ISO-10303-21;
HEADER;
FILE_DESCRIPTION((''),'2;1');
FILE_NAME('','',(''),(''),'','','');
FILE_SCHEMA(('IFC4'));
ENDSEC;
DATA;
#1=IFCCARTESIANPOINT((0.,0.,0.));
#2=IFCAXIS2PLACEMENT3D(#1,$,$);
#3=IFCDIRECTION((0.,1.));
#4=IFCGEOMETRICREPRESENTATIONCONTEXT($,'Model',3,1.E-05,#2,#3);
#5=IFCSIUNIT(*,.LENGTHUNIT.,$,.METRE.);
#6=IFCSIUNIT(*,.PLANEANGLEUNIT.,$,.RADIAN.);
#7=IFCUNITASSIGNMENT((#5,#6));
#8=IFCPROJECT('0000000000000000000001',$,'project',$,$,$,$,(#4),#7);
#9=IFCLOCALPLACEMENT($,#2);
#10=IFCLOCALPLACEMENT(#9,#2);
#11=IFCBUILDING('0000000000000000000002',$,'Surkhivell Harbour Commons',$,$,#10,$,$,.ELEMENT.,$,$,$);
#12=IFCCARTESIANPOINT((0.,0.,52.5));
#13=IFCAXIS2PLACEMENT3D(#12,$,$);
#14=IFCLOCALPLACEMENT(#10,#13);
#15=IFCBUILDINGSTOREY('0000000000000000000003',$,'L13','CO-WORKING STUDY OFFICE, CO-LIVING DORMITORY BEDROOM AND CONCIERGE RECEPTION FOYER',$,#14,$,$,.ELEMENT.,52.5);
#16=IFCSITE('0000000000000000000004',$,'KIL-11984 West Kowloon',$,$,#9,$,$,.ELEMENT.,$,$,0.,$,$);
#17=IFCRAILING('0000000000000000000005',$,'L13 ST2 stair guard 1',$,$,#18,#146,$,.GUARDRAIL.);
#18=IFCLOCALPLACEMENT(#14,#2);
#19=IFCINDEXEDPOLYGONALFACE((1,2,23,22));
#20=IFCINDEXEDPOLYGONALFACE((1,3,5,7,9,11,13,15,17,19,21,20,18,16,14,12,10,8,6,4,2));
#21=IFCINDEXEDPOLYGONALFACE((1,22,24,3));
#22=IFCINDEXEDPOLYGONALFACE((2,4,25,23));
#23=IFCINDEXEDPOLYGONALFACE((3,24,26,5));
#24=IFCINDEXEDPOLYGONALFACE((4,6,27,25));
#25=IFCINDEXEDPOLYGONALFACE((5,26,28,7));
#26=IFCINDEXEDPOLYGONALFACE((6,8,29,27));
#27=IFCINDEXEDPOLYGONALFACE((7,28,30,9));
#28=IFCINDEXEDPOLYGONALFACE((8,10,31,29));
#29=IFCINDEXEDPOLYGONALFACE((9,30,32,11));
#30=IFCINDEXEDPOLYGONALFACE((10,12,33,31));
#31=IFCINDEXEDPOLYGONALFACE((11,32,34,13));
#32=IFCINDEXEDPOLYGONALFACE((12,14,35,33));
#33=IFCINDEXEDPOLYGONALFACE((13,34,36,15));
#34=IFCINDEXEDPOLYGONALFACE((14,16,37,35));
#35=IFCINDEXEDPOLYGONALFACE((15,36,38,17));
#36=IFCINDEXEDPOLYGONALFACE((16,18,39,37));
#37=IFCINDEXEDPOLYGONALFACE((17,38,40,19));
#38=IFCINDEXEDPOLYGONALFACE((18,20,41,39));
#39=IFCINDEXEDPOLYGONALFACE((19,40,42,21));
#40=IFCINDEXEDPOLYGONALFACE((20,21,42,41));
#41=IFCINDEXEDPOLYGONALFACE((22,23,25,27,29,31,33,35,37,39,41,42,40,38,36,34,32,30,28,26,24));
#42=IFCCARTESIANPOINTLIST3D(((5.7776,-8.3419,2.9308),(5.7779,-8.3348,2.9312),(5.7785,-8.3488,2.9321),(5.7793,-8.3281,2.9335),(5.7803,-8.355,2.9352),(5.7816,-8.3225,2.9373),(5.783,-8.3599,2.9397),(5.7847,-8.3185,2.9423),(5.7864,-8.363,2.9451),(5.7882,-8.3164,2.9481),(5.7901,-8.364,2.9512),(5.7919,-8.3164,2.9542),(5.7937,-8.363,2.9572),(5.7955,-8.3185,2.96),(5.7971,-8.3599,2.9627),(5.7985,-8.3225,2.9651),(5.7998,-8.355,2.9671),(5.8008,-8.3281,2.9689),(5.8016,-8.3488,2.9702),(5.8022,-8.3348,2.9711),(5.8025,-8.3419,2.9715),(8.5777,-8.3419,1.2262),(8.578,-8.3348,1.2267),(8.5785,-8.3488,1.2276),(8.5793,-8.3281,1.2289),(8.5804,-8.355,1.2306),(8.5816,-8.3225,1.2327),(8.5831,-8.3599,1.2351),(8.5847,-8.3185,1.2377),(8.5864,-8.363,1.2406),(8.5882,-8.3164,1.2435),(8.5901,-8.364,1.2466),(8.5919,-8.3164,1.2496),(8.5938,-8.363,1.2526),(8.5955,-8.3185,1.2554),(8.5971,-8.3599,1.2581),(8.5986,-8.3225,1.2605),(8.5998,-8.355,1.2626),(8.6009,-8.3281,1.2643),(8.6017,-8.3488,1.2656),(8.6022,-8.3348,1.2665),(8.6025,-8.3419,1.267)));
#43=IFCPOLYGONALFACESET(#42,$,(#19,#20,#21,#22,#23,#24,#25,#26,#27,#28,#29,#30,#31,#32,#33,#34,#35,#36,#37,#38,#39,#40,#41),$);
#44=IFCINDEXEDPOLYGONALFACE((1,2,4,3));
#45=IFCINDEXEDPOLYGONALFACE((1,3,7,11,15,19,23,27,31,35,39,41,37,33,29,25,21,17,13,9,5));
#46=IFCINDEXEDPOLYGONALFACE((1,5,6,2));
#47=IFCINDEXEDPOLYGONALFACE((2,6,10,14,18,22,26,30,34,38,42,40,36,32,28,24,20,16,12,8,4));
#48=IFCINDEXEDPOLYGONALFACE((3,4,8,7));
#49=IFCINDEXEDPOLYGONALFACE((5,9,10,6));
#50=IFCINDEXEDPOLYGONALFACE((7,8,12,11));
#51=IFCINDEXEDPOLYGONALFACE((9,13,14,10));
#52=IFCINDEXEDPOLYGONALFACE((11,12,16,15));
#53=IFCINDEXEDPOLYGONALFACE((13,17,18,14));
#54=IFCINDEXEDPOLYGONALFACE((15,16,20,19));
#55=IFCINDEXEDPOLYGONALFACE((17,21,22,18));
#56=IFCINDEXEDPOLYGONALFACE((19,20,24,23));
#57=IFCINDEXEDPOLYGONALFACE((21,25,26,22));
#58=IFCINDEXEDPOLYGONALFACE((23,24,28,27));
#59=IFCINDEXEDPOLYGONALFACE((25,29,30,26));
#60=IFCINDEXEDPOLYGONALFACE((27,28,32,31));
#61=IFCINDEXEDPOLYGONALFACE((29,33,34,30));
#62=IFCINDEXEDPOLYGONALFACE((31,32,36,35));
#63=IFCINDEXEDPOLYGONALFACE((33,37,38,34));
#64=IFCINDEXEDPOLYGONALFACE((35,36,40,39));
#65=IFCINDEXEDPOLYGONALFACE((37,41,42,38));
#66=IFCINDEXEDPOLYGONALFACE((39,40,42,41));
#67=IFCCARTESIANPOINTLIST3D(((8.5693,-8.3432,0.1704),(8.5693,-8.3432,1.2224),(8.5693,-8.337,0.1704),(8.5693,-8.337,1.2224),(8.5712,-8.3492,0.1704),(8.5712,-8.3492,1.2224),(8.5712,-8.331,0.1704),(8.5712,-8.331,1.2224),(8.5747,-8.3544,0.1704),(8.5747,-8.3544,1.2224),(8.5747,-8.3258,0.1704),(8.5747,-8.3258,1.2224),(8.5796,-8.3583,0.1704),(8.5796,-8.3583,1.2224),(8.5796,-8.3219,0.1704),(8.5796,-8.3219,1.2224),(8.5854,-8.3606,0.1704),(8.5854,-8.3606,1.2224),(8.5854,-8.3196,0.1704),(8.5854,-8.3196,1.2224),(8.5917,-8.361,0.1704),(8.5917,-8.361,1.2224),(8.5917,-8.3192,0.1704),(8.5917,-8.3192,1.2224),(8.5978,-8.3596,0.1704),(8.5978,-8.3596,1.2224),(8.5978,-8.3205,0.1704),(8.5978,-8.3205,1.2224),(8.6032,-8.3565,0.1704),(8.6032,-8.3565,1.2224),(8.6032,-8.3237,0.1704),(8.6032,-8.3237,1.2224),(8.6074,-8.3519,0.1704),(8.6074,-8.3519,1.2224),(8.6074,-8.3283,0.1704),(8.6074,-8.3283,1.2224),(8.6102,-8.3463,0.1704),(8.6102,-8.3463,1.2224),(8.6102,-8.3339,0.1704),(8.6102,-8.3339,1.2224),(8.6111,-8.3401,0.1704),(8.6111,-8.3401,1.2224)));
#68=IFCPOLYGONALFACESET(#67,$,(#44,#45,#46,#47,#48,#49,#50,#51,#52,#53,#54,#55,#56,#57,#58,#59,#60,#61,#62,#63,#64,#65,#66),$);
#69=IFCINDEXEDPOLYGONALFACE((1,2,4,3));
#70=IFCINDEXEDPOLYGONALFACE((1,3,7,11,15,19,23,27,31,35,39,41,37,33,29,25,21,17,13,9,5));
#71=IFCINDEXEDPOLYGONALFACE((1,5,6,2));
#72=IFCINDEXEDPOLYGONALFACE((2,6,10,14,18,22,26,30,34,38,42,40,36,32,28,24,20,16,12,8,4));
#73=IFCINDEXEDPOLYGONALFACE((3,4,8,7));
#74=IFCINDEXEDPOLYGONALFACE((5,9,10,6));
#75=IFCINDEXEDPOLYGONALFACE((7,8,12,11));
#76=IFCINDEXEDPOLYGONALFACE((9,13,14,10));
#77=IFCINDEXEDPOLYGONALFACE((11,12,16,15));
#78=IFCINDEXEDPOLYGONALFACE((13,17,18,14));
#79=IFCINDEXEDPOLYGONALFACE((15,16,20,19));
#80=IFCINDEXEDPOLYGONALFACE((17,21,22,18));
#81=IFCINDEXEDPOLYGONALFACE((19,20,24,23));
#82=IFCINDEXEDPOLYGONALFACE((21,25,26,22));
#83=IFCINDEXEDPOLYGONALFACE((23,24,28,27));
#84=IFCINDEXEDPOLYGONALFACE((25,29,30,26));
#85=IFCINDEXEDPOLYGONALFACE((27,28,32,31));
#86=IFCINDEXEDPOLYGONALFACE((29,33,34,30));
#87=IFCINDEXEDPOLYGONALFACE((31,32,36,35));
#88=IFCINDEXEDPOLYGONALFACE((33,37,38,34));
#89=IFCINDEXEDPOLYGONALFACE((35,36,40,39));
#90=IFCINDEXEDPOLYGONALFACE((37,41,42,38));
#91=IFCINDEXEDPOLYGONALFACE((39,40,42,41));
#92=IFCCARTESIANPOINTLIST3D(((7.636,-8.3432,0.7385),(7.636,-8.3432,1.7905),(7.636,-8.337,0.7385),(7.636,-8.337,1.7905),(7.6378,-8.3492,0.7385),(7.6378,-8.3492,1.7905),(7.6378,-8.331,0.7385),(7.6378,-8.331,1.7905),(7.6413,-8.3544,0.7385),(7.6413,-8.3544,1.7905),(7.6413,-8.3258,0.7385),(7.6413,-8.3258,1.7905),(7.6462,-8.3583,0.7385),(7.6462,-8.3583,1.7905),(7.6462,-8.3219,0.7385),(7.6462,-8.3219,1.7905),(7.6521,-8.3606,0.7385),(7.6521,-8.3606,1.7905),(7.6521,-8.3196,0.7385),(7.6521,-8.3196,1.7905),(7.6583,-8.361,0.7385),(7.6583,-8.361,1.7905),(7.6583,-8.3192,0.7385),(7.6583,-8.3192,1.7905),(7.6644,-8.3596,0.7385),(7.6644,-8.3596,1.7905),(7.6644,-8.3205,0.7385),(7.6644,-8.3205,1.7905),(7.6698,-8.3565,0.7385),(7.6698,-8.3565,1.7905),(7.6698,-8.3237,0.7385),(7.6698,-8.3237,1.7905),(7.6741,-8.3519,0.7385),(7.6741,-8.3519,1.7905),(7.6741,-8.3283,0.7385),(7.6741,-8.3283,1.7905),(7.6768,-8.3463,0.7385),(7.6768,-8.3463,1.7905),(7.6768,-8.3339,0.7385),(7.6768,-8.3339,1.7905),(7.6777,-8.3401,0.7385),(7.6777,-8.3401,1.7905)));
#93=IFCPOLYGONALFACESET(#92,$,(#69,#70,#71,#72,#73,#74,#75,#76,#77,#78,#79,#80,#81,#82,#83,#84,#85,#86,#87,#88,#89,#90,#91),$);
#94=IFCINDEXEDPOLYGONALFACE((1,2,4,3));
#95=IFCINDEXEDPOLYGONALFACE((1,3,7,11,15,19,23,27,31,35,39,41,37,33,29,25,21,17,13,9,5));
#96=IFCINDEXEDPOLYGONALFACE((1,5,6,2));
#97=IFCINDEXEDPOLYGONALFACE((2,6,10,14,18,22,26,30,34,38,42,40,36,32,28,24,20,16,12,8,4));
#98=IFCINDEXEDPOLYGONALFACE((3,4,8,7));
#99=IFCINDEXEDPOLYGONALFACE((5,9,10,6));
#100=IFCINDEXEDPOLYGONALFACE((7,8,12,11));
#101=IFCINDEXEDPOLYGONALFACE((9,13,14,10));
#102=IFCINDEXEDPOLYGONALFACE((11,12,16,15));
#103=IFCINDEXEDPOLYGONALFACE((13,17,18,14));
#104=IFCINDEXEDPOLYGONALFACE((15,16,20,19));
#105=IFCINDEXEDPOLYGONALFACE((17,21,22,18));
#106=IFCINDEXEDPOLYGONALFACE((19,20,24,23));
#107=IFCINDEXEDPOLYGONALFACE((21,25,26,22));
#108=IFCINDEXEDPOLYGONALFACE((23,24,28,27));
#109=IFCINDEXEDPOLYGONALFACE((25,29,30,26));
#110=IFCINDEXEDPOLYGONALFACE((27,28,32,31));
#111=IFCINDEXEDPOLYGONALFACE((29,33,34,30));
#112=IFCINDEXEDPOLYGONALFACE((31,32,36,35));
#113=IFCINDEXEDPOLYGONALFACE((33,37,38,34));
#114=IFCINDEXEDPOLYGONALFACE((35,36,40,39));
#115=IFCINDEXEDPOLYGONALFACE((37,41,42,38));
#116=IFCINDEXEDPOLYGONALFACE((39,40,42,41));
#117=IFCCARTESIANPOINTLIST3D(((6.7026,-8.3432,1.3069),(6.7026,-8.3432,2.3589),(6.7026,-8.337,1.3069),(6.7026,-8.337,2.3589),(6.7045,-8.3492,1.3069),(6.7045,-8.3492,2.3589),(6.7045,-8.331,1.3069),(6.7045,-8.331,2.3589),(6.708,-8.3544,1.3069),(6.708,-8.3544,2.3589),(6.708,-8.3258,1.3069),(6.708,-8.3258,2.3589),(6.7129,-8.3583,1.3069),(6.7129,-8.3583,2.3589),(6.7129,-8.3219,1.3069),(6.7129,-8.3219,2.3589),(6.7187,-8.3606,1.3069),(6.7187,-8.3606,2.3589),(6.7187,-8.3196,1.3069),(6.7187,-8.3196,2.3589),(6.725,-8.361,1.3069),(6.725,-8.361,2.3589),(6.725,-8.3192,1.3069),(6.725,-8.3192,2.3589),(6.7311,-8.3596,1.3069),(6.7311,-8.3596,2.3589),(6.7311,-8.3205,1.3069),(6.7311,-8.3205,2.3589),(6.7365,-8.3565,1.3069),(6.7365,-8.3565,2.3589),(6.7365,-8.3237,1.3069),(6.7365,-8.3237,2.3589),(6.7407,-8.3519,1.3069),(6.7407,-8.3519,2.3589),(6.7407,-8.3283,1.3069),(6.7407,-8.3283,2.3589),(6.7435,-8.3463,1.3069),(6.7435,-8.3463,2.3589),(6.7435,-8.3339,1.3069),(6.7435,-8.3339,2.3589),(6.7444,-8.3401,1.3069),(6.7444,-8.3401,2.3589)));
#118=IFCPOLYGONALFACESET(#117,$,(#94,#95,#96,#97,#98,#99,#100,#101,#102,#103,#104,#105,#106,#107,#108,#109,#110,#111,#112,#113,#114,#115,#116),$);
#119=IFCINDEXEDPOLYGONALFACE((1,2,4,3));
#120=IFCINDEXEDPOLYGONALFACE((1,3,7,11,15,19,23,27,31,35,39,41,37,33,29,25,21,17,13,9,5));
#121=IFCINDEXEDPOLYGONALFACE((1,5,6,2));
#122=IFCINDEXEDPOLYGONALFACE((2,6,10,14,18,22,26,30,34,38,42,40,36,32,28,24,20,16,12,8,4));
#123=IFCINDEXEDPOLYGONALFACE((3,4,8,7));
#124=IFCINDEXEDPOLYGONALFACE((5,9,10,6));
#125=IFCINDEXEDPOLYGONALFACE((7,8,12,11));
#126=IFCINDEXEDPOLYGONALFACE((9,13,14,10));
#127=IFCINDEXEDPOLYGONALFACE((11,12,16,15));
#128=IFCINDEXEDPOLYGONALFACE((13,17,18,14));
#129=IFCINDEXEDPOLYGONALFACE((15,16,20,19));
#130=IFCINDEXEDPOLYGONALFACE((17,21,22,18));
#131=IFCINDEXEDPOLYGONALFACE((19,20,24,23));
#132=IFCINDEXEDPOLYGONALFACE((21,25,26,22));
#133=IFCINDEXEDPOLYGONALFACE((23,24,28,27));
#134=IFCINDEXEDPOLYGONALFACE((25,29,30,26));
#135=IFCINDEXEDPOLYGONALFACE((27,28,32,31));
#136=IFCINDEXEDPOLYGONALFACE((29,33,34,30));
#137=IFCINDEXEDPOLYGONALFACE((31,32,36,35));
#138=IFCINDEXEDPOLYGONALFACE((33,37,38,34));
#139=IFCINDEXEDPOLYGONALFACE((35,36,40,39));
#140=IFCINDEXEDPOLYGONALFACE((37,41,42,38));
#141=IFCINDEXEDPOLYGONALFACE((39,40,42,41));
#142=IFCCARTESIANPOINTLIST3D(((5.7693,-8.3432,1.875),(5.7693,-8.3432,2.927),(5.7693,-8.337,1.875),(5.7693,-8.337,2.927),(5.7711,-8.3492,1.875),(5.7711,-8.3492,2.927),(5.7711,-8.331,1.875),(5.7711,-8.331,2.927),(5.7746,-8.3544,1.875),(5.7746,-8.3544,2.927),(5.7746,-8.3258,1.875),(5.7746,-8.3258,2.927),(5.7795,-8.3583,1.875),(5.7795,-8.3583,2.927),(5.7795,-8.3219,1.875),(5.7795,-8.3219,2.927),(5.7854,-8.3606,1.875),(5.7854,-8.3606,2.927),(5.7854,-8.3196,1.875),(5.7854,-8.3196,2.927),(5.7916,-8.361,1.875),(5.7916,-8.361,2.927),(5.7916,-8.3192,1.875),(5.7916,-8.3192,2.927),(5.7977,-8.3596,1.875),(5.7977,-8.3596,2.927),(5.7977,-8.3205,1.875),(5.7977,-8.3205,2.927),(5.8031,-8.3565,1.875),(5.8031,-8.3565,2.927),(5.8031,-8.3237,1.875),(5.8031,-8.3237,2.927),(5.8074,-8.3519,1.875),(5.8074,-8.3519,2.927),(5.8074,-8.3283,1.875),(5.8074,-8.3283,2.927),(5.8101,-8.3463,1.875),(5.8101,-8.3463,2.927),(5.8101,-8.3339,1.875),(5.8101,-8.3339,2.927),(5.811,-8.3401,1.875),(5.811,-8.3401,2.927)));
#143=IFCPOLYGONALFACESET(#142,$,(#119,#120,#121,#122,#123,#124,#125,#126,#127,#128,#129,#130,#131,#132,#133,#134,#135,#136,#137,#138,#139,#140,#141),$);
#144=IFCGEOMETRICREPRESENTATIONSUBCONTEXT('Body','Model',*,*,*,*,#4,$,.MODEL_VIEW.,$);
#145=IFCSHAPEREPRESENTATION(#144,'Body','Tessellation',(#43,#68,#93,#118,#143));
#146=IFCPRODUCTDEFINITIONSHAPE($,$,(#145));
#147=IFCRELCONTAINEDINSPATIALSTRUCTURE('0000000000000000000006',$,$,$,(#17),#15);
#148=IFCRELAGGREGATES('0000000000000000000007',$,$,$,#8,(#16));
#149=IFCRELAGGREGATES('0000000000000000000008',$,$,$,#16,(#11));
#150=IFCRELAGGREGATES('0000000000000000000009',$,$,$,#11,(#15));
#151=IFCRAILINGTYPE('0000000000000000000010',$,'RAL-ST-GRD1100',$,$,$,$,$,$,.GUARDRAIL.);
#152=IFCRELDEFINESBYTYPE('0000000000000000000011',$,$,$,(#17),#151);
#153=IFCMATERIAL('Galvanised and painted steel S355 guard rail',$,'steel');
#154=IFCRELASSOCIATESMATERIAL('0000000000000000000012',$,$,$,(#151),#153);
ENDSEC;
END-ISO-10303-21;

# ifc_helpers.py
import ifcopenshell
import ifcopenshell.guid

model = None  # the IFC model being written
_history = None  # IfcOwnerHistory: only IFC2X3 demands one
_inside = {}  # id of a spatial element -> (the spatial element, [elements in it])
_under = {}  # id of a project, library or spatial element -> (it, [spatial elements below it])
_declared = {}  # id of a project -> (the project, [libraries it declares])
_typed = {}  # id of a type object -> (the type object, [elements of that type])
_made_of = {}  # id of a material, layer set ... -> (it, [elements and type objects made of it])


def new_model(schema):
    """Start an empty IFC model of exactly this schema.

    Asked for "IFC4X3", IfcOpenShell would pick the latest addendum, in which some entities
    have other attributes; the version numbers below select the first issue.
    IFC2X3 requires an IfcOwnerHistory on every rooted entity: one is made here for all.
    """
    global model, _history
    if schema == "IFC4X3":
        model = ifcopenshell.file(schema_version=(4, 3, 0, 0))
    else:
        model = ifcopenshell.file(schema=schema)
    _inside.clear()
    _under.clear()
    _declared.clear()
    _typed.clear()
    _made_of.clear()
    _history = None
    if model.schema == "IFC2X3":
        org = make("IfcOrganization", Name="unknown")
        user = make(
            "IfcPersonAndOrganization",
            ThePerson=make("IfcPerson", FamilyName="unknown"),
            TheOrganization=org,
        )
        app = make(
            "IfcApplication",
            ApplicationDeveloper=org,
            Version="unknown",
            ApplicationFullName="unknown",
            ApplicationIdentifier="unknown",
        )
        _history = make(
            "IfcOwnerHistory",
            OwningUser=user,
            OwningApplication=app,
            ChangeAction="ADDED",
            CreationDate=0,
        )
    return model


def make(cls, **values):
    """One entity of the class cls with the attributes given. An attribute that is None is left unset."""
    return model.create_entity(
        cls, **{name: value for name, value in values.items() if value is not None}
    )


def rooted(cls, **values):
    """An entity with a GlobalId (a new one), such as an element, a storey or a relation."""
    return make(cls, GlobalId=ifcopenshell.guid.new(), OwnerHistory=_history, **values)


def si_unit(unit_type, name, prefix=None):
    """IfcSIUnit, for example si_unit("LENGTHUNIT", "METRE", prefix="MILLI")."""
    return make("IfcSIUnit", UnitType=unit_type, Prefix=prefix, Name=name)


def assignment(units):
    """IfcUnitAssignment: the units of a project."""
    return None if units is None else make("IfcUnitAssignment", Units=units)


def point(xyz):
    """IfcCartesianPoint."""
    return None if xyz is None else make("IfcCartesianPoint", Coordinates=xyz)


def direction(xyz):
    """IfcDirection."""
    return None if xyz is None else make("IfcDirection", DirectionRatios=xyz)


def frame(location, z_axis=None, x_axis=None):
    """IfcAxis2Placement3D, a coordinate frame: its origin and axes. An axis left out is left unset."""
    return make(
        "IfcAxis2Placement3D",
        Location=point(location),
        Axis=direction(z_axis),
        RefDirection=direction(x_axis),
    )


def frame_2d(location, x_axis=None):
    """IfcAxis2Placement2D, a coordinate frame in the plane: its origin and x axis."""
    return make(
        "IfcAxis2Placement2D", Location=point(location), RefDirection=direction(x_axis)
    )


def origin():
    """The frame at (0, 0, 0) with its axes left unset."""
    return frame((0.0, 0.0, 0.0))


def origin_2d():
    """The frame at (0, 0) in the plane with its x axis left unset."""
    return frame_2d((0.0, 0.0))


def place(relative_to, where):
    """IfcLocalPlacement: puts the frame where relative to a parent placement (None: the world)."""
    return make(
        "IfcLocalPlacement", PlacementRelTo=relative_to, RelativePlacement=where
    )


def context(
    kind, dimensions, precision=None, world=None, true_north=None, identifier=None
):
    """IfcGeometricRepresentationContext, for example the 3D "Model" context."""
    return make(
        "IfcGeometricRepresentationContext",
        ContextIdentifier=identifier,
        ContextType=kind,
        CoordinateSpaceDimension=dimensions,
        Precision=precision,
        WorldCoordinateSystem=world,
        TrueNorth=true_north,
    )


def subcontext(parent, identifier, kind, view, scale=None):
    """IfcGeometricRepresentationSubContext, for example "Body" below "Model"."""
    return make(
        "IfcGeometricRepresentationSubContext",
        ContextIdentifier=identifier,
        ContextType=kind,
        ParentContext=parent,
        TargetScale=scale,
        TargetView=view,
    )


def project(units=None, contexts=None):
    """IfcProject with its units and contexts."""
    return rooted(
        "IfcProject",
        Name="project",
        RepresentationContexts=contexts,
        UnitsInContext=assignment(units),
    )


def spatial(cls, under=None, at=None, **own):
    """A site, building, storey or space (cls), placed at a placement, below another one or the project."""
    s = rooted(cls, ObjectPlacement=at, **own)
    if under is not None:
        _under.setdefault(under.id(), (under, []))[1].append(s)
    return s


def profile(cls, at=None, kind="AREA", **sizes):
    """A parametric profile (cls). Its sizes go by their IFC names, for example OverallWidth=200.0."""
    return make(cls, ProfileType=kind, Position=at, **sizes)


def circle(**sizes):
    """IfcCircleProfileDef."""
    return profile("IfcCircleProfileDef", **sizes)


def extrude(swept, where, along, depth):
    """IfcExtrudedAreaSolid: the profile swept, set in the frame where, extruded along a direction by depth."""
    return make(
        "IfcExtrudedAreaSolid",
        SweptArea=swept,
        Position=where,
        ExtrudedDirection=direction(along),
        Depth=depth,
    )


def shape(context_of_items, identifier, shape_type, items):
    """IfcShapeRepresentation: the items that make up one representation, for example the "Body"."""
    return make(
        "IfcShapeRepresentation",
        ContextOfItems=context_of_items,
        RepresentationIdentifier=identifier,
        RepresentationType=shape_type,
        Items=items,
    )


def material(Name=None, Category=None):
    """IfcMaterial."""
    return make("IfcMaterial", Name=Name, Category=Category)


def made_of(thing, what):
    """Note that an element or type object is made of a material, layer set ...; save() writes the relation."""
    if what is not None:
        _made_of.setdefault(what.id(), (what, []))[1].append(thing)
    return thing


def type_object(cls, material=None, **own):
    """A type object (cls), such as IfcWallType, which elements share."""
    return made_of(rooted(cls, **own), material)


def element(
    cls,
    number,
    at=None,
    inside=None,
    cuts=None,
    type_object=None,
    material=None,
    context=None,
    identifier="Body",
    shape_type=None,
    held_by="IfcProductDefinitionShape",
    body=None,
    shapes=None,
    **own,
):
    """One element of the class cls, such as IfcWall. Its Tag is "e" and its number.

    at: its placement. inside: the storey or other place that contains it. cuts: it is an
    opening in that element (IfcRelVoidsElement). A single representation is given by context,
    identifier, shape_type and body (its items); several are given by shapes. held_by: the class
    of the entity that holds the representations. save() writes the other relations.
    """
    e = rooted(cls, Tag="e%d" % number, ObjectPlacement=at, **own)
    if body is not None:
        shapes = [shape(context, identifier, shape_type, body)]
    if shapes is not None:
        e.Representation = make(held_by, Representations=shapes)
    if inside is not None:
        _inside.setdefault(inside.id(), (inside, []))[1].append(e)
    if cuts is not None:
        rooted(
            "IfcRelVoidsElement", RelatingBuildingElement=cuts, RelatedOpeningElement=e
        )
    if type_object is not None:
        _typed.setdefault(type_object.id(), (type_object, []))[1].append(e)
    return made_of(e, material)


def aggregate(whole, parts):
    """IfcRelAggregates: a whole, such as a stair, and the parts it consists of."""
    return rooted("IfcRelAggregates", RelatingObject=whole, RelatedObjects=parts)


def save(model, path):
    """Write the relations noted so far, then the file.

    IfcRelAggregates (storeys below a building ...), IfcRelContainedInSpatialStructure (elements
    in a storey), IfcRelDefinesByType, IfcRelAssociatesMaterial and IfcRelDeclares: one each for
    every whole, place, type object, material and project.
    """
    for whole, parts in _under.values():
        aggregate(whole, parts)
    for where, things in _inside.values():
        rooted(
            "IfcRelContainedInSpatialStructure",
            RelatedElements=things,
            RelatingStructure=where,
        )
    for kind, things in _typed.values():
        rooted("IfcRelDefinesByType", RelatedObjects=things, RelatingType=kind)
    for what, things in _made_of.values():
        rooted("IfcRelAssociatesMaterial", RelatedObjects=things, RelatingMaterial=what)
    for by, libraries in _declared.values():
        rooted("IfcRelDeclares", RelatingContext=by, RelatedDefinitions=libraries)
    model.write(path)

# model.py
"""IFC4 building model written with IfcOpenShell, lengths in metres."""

from ifc_helpers import new_model, si_unit, direction, frame, origin, origin_2d, place, context, subcontext, project, spatial, circle, extrude, material, type_object, element, save


model = new_model("IFC4")

# Units and contexts
model_context = context("Model", 3, precision=1e-05, world=origin(), true_north=direction((0.0, 1.0)))
body_context = subcontext(model_context, "Body", "Model", "MODEL_VIEW")
ifc_project = project(units=[si_unit("LENGTHUNIT", "METRE"), si_unit("PLANEANGLEUNIT", "RADIAN")], contexts=[model_context])

# Site, building, storey
site_placement = place(None, origin())
site = spatial("IfcSite", under=ifc_project, at=site_placement, Name="KIL-11984 West Kowloon", CompositionType="ELEMENT", RefElevation=0.0)
building_placement = place(site_placement, origin())
building = spatial("IfcBuilding", under=site, at=building_placement, Name="Surkhivell Harbour Commons", CompositionType="ELEMENT")
storey_placement = place(building_placement, frame((0.0, 0.0, 52.5)))
storey = spatial("IfcBuildingStorey", under=building, at=storey_placement, Name="L13", Description="CO-WORKING STUDY OFFICE, CO-LIVING DORMITORY BEDROOM AND CONCIERGE RECEPTION FOYER", CompositionType="ELEMENT", Elevation=52.5)

# Railing
ifc_material_1 = material(Name="Galvanised and painted steel S355 guard rail", Category="steel")
railing_type_1 = type_object("IfcRailingType", Name="RAL-ST-GRD1100", PredefinedType="GUARDRAIL", material=ifc_material_1)
railing_1_placement = place(storey_placement, frame((8.5901, -8.3401, 0.1704)))
element("IfcRailing", 1, at=railing_1_placement, inside=storey, type_object=railing_type_1, Name="L13 ST2 stair guard 1", PredefinedType="GUARDRAIL", context=body_context, shape_type="SweptSolid", body=[
    extrude(circle(Radius=0.0239, at=origin_2d()), frame((0.0, 0.0, 1.0762), z_axis=(-0.85417, 0.0, 0.519994), x_axis=(0.0, -1.0, 0.0)), (0.0, 0.0, 1.0), 3.2781),
    extrude(circle(Radius=0.021, at=origin_2d()), origin(), (0.0, 0.0, 1.0), 1.052),
    extrude(circle(Radius=0.021, at=origin_2d()), frame((-0.9333, 0.0, 0.5681)), (0.0, 0.0, 1.0), 1.052),
    extrude(circle(Radius=0.021, at=origin_2d()), frame((-1.8667, 0.0, 1.1365)), (0.0, 0.0, 1.0), 1.052),
    extrude(circle(Radius=0.021, at=origin_2d()), frame((-2.8, 0.0, 1.7046)), (0.0, 0.0, 1.0), 1.052),
])

save(model, "model.ifc")
